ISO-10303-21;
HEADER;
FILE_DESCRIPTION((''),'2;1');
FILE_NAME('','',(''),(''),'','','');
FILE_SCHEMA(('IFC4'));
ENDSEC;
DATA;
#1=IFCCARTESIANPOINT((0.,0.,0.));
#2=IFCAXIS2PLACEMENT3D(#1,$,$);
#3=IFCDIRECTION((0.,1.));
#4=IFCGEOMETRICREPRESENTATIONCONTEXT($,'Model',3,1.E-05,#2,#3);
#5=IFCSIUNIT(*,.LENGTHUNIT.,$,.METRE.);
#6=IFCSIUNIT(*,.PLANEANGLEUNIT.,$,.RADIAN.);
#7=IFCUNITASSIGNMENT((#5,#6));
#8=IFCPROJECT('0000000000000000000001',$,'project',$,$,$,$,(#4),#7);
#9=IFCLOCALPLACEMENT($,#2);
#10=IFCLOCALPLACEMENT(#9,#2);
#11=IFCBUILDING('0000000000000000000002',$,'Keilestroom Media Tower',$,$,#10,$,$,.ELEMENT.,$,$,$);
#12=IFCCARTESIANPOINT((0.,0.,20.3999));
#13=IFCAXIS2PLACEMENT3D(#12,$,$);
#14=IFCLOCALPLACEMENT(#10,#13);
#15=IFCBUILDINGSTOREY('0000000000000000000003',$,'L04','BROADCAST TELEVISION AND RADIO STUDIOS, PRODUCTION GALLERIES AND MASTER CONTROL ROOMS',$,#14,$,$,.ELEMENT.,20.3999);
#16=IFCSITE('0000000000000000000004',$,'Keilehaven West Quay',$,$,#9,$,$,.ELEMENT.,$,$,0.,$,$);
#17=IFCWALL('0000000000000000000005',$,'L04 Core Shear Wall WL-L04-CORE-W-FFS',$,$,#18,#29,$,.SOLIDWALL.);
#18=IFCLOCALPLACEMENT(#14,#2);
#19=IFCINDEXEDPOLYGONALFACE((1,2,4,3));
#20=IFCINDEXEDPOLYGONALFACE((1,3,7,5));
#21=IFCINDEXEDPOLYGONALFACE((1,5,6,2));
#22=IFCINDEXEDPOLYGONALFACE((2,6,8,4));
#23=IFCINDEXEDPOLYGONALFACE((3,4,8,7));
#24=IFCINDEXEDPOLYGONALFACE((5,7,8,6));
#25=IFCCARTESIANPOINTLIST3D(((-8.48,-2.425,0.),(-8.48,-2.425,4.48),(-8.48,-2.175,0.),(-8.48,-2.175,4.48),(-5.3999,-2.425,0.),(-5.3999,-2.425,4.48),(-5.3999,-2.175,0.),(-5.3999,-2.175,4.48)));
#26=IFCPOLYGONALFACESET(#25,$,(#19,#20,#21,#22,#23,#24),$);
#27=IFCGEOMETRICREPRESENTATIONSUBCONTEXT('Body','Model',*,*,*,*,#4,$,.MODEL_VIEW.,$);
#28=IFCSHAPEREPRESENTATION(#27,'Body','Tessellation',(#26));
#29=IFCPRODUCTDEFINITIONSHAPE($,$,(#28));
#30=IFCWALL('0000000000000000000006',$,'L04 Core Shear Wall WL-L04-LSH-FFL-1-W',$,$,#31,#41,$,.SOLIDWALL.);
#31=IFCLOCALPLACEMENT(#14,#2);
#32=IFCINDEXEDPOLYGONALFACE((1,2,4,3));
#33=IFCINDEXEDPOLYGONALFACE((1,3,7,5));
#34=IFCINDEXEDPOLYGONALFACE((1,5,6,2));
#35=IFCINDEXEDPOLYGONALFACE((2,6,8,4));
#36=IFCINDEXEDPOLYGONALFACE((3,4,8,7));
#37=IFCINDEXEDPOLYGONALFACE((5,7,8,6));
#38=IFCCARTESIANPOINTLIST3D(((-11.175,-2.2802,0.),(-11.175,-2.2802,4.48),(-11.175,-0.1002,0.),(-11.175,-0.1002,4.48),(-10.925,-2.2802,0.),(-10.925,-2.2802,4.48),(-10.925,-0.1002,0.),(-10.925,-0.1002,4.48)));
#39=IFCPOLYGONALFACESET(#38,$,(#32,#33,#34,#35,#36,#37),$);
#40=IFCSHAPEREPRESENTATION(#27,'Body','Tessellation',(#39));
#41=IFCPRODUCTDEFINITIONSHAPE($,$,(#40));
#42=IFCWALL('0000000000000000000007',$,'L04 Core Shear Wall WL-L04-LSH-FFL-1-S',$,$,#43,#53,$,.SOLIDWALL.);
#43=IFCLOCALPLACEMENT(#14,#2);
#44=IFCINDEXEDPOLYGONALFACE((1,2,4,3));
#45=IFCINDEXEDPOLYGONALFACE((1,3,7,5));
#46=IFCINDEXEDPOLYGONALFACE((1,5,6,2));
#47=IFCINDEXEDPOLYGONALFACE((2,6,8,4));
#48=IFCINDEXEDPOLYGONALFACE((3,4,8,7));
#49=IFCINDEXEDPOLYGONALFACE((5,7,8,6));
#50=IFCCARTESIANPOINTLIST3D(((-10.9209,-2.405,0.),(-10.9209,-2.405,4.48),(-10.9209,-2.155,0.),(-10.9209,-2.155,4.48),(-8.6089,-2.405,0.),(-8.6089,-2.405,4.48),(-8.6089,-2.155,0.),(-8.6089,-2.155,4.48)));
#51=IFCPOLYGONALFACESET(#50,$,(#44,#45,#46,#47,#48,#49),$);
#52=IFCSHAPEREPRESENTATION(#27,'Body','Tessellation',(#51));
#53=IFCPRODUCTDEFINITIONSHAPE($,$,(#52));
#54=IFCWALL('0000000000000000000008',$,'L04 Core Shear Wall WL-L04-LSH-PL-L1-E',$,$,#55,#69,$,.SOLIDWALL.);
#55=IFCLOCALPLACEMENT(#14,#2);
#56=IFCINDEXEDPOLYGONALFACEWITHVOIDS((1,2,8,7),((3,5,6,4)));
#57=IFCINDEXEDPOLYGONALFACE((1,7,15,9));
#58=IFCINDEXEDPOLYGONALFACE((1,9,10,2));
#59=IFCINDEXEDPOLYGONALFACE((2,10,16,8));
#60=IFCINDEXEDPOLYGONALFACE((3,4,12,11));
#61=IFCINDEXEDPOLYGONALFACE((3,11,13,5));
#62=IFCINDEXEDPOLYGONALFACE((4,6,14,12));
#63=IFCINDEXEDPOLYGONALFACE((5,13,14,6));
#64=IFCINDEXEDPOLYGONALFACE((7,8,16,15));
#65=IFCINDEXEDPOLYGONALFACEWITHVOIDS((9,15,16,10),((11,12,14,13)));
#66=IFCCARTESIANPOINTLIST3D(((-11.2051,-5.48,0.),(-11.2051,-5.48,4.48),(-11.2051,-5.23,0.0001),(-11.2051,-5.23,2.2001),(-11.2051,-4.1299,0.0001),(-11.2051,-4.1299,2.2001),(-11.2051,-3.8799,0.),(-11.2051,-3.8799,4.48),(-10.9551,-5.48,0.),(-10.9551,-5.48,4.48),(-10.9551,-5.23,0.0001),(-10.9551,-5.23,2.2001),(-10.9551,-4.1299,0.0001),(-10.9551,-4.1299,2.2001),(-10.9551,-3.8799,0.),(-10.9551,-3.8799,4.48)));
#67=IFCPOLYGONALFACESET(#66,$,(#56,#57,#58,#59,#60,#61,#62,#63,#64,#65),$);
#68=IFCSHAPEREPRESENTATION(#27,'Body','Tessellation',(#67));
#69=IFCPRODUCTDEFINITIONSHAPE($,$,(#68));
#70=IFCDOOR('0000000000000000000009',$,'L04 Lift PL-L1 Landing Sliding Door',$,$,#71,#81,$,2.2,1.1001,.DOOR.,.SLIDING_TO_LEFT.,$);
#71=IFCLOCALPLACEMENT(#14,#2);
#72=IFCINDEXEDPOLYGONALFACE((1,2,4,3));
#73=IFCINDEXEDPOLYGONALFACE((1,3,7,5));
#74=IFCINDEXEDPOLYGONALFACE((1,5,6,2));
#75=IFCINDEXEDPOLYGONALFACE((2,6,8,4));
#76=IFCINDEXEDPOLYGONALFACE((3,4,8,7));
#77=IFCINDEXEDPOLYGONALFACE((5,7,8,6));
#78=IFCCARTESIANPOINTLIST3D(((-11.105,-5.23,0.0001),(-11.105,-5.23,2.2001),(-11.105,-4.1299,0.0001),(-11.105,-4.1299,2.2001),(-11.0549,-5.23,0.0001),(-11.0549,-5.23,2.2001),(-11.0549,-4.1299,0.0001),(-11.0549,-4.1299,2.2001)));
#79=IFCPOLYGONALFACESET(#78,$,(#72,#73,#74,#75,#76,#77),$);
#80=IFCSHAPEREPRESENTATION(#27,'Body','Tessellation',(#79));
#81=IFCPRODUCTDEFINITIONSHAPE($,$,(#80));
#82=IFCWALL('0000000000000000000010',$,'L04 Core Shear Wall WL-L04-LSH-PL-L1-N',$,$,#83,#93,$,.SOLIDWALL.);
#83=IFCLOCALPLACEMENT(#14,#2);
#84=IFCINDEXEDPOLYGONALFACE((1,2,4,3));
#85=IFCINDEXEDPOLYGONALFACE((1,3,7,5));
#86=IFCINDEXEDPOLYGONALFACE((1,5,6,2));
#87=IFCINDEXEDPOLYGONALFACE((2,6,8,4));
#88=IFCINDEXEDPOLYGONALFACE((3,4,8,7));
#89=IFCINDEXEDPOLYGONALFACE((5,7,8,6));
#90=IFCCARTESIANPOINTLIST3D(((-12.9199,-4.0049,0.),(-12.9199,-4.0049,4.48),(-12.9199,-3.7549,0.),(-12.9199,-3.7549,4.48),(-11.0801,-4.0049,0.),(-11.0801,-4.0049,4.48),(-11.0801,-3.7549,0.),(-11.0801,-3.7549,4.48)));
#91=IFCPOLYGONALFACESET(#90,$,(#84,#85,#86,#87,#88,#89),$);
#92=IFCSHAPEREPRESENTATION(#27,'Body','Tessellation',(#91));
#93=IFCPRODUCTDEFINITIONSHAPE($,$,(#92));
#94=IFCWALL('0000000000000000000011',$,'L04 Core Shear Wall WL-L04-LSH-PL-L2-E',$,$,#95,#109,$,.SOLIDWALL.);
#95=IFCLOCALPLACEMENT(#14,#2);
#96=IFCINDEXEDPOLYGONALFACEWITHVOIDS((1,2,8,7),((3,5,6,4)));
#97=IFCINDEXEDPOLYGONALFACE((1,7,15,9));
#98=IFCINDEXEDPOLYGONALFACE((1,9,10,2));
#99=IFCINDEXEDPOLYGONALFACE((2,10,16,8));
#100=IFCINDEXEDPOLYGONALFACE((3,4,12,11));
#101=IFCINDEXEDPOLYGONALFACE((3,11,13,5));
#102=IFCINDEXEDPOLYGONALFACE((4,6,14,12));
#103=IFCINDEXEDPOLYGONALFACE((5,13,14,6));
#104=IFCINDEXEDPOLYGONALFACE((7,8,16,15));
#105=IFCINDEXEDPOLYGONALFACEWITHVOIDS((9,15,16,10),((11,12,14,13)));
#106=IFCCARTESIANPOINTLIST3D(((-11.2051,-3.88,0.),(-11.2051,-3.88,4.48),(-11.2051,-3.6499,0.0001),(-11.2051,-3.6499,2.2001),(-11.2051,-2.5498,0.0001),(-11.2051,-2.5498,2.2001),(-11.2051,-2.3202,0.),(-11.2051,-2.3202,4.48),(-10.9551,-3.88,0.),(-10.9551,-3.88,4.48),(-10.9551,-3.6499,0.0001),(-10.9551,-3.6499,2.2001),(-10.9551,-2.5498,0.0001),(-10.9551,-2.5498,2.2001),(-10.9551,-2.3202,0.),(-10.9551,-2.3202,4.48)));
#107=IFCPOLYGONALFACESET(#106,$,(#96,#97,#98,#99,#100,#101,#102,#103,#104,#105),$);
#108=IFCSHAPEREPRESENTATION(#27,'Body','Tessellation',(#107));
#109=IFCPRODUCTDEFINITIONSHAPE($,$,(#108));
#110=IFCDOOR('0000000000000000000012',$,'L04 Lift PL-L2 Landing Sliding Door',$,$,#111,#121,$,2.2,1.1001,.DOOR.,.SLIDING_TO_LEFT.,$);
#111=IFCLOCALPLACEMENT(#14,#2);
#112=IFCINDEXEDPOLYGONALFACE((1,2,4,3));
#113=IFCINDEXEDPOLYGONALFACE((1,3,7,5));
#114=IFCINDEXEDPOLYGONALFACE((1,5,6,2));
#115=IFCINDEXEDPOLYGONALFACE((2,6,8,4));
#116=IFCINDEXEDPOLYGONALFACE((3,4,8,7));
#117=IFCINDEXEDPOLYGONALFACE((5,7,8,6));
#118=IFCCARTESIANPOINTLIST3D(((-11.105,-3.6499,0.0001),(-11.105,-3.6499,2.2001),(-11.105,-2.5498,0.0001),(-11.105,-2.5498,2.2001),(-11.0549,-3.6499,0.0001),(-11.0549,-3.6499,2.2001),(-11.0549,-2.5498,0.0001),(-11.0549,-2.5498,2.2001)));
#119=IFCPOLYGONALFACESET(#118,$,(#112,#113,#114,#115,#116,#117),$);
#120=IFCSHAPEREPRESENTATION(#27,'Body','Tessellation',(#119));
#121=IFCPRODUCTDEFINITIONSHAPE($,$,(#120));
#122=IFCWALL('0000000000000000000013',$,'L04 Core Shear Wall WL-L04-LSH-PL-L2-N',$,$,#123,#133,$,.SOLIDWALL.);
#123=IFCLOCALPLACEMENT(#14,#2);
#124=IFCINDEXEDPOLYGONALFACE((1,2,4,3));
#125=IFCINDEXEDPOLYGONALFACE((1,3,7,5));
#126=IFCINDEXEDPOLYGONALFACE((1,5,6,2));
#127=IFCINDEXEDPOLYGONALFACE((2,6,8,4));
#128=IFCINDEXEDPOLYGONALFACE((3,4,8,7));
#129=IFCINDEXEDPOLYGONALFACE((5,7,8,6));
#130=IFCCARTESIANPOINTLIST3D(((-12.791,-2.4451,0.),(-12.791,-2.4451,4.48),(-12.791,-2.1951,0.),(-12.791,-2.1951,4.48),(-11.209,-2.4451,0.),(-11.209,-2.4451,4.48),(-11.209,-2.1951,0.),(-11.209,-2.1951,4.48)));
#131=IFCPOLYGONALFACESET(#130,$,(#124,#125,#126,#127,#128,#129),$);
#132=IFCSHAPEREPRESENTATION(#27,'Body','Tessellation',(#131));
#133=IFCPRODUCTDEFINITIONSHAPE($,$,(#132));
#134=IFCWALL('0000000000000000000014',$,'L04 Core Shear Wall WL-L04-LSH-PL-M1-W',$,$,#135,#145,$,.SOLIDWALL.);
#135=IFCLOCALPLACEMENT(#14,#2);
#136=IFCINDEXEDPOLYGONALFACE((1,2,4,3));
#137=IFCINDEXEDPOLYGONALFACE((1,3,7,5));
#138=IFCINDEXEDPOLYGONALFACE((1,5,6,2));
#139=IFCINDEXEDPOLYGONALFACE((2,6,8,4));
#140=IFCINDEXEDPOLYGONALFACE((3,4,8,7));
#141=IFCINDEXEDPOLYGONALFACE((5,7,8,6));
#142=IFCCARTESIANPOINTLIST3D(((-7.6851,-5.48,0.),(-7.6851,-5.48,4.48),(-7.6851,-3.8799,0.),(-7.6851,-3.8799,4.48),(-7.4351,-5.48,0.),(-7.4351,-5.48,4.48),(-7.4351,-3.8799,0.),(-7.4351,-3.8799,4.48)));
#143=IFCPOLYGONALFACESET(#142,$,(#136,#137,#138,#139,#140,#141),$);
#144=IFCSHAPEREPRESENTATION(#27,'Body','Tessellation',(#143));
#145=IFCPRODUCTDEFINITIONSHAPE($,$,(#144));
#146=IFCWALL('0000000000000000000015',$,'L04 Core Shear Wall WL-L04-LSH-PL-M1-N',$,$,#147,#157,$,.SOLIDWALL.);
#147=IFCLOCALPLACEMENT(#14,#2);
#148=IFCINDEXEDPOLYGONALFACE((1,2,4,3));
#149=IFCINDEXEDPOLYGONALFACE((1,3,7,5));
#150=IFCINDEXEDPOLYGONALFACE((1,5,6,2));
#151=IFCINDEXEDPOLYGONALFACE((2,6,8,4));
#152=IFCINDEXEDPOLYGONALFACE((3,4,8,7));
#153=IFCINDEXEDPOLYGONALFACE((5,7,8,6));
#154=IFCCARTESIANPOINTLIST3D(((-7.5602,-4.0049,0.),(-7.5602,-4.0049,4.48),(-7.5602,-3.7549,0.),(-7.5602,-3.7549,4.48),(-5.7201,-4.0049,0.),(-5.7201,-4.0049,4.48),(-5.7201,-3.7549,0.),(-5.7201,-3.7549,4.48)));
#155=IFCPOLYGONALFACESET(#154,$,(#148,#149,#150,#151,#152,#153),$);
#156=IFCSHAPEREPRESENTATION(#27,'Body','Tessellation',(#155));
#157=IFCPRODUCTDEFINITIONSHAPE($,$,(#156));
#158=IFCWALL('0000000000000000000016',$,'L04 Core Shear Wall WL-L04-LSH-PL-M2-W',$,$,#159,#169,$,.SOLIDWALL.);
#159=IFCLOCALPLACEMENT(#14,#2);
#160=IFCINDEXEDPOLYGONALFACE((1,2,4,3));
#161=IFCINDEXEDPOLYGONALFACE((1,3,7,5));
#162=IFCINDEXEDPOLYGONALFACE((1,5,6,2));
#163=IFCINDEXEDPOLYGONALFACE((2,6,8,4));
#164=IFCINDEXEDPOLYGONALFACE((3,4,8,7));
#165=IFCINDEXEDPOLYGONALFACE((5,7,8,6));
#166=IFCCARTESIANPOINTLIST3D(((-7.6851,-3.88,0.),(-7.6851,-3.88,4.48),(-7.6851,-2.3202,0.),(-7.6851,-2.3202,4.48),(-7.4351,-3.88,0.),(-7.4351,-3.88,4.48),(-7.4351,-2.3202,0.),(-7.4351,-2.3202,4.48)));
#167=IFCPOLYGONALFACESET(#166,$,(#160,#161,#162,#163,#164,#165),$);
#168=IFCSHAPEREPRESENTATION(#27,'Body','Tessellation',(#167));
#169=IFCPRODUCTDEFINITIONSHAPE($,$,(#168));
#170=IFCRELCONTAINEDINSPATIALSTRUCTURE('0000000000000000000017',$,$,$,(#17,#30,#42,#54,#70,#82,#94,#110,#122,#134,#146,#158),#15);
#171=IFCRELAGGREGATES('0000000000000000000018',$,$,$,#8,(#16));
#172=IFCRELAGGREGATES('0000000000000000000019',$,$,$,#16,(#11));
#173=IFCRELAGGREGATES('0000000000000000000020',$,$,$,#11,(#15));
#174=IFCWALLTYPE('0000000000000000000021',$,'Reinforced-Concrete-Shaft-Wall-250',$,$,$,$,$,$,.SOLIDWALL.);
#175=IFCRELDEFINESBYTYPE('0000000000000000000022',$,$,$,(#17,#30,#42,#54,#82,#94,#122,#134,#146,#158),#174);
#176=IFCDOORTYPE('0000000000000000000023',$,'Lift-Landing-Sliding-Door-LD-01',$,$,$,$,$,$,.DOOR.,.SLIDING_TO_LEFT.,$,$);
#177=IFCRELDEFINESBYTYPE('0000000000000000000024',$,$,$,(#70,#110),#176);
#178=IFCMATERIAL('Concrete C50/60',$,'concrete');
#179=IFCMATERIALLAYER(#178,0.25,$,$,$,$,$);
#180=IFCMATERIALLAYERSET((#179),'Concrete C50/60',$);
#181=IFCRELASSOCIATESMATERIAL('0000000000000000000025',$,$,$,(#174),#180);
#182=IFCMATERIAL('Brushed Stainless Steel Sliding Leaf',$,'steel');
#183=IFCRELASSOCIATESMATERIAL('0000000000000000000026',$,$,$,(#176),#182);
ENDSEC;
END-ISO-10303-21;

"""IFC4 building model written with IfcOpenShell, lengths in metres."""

from ifc_helpers import new_model, si_unit, direction, frame, frame_2d, origin, place, context, subcontext, project, spatial, rectangle, extrude, source, transform, mapped, material, layer, layer_set, type_object, element, fill, save


model = new_model("IFC4")

# Units and contexts
model_context = context("Model", 3, precision=1e-05, world=origin(), true_north=direction((0.0, 1.0)))
body_context = subcontext(model_context, "Body", "Model", "MODEL_VIEW")
ifc_project = project(units=[si_unit("LENGTHUNIT", "METRE"), si_unit("PLANEANGLEUNIT", "RADIAN")], contexts=[model_context])

# Site, building, storey
site_placement = place(None, origin())
site = spatial("IfcSite", under=ifc_project, at=site_placement, Name="Keilehaven West Quay", CompositionType="ELEMENT", RefElevation=0.0)
building_placement = place(site_placement, origin())
building = spatial("IfcBuilding", under=site, at=building_placement, Name="Keilestroom Media Tower", CompositionType="ELEMENT")
storey_placement = place(building_placement, frame((0.0, 0.0, 20.3999)))
storey = spatial("IfcBuildingStorey", under=building, at=storey_placement, Name="L04", Description="BROADCAST TELEVISION AND RADIO STUDIOS, PRODUCTION GALLERIES AND MASTER CONTROL ROOMS", CompositionType="ELEMENT", Elevation=20.3999)

# Walls
ifc_material_1 = material(Name="Concrete C50/60", Category="concrete")
ifc_layer_1 = layer(ifc_material_1, 0.25)
ifc_layer_set_1 = layer_set([ifc_layer_1], Name="Concrete C50/60")
wall_type_1 = type_object("IfcWallType", Name="Reinforced-Concrete-Shaft-Wall-250", PredefinedType="SOLIDWALL", material=ifc_layer_set_1)
wall_1_placement = place(storey_placement, frame((-8.48, -2.3, 0.0), z_axis=(0.0, 0.0, 1.0), x_axis=(1.0, 0.0, 0.0)))
element("IfcWall", 1, at=wall_1_placement, inside=storey, type_object=wall_type_1, Name="L04 Core Shear Wall WL-L04-CORE-W-FFS", PredefinedType="SOLIDWALL", context=body_context, shape_type="SweptSolid", body=[
    extrude(rectangle(XDim=3.0801, YDim=0.25, at=frame_2d((1.54, 0.0))), origin(), (0.0, 0.0, 1.0), 4.48),
])
wall_2_placement = place(storey_placement, frame((-11.05, -2.28, 0.0), z_axis=(0.0, 0.0, 1.0), x_axis=(0.0, 1.0, 0.0)))
element("IfcWall", 2, at=wall_2_placement, inside=storey, type_object=wall_type_1, Name="L04 Core Shear Wall WL-L04-LSH-FFL-1-W", PredefinedType="SOLIDWALL", context=body_context, shape_type="SweptSolid", body=[
    extrude(rectangle(XDim=2.1799, YDim=0.25, at=frame_2d((1.0898, 0.0))), origin(), (0.0, 0.0, 1.0), 4.48),
])
wall_3_placement = place(storey_placement, frame((-10.9209, -2.28, 0.0), z_axis=(0.0, 0.0, 1.0), x_axis=(1.0, 0.0, 0.0)))
element("IfcWall", 3, at=wall_3_placement, inside=storey, type_object=wall_type_1, Name="L04 Core Shear Wall WL-L04-LSH-FFL-1-S", PredefinedType="SOLIDWALL", context=body_context, shape_type="SweptSolid", body=[
    extrude(rectangle(XDim=2.312, YDim=0.25, at=frame_2d((1.156, 0.0))), origin(), (0.0, 0.0, 1.0), 4.48),
])

# Wall, opening, door
wall_4_placement = place(storey_placement, frame((-11.0801, -5.48, 0.0), z_axis=(0.0, 0.0, 1.0), x_axis=(0.0, 1.0, 0.0)))
wall_4 = element("IfcWall", 4, at=wall_4_placement, inside=storey, type_object=wall_type_1, Name="L04 Core Shear Wall WL-L04-LSH-PL-L1-E", PredefinedType="SOLIDWALL", context=body_context, shape_type="SweptSolid", body=[
    extrude(rectangle(XDim=1.6001, YDim=0.25, at=frame_2d((0.8, 0.0))), origin(), (0.0, 0.0, 1.0), 4.48),
])
opening_1_placement = place(wall_4_placement, frame((0.25, 0.0, 0.0)))
opening_1 = element("IfcOpeningElement", 5, at=opening_1_placement, cuts=wall_4, PredefinedType="OPENING", context=body_context, shape_type="SweptSolid", body=[
    extrude(rectangle(XDim=1.1001, YDim=2.2, at=frame_2d((0.55, 1.1001))), frame((0.0, 0.135, 0.0), z_axis=(0.0, -1.0, 0.0), x_axis=(1.0, 0.0, 0.0)), (0.0, 0.0, 1.0), 0.27),
])
ifc_material_2 = material(Name="Brushed Stainless Steel Sliding Leaf", Category="steel")
door_type_1 = type_object("IfcDoorType", Name="Lift-Landing-Sliding-Door-LD-01", OperationType="SLIDING_TO_LEFT", PredefinedType="DOOR", material=ifc_material_2)
shared_shape_1 = source(origin(), body_context, "Body", "SweptSolid", [
    extrude(rectangle(XDim=1.1001, YDim=2.2, at=frame_2d((0.55, 1.1001))), frame((0.0, 0.0249, 0.0), z_axis=(0.0, -1.0, 0.0), x_axis=(1.0, 0.0, 0.0)), (0.0, 0.0, 1.0), 0.05),
])
door_1_placement = place(opening_1_placement, origin())
door_1 = element("IfcDoor", 6, at=door_1_placement, inside=storey, type_object=door_type_1, Name="L04 Lift PL-L1 Landing Sliding Door", OperationType="SLIDING_TO_LEFT", OverallHeight=2.2, OverallWidth=1.1001, PredefinedType="DOOR", context=body_context, shape_type="MappedRepresentation", body=[
    mapped(shared_shape_1, transform((0.0, 0.0, 0.0), x_axis=(1.0, 0.0, 0.0), y_axis=(0.0, 1.0, 0.0), z_axis=(0.0, 0.0, 1.0), scale=1.0)),
])
fill(opening_1, door_1)

# Wall
wall_5_placement = place(storey_placement, frame((-12.9199, -3.8799, 0.0), z_axis=(0.0, 0.0, 1.0), x_axis=(1.0, 0.0, 0.0)))
element("IfcWall", 7, at=wall_5_placement, inside=storey, type_object=wall_type_1, Name="L04 Core Shear Wall WL-L04-LSH-PL-L1-N", PredefinedType="SOLIDWALL", context=body_context, shape_type="SweptSolid", body=[
    extrude(rectangle(XDim=1.8398, YDim=0.25, at=frame_2d((0.9199, 0.0))), origin(), (0.0, 0.0, 1.0), 4.48),
])

# Wall, opening, door
wall_6_placement = place(storey_placement, frame((-11.0801, -3.8799, 0.0), z_axis=(0.0, 0.0, 1.0), x_axis=(0.0, 1.0, 0.0)))
wall_6 = element("IfcWall", 8, at=wall_6_placement, inside=storey, type_object=wall_type_1, Name="L04 Core Shear Wall WL-L04-LSH-PL-L2-E", PredefinedType="SOLIDWALL", context=body_context, shape_type="SweptSolid", body=[
    extrude(rectangle(XDim=1.5598, YDim=0.25, at=frame_2d((0.7798, 0.0))), origin(), (0.0, 0.0, 1.0), 4.48),
])
opening_2_placement = place(wall_6_placement, frame((0.23, 0.0, 0.0)))
opening_2 = element("IfcOpeningElement", 9, at=opening_2_placement, cuts=wall_6, PredefinedType="OPENING", context=body_context, shape_type="SweptSolid", body=[
    extrude(rectangle(XDim=1.1001, YDim=2.2, at=frame_2d((0.55, 1.1001))), frame((0.0, 0.135, 0.0), z_axis=(0.0, -1.0, 0.0), x_axis=(1.0, 0.0, 0.0)), (0.0, 0.0, 1.0), 0.27),
])
door_2_placement = place(opening_2_placement, origin())
door_2 = element("IfcDoor", 10, at=door_2_placement, inside=storey, type_object=door_type_1, Name="L04 Lift PL-L2 Landing Sliding Door", OperationType="SLIDING_TO_LEFT", OverallHeight=2.2, OverallWidth=1.1001, PredefinedType="DOOR", context=body_context, shape_type="MappedRepresentation", body=[
    mapped(shared_shape_1, transform((0.0, 0.0, 0.0), x_axis=(1.0, 0.0, 0.0), y_axis=(0.0, 1.0, 0.0), z_axis=(0.0, 0.0, 1.0), scale=1.0)),
])
fill(opening_2, door_2)

# Walls
wall_7_placement = place(storey_placement, frame((-12.791, -2.3201, 0.0), z_axis=(0.0, 0.0, 1.0), x_axis=(1.0, 0.0, 0.0)))
element("IfcWall", 11, at=wall_7_placement, inside=storey, type_object=wall_type_1, Name="L04 Core Shear Wall WL-L04-LSH-PL-L2-N", PredefinedType="SOLIDWALL", context=body_context, shape_type="SweptSolid", body=[
    extrude(rectangle(XDim=1.582, YDim=0.25, at=frame_2d((0.791, 0.0))), origin(), (0.0, 0.0, 1.0), 4.48),
])
wall_8_placement = place(storey_placement, frame((-7.5601, -5.48, 0.0), z_axis=(0.0, 0.0, 1.0), x_axis=(0.0, 1.0, 0.0)))
element("IfcWall", 12, at=wall_8_placement, inside=storey, type_object=wall_type_1, Name="L04 Core Shear Wall WL-L04-LSH-PL-M1-W", PredefinedType="SOLIDWALL", context=body_context, shape_type="SweptSolid", body=[
    extrude(rectangle(XDim=1.6001, YDim=0.25, at=frame_2d((0.8, 0.0))), origin(), (0.0, 0.0, 1.0), 4.48),
])
wall_9_placement = place(storey_placement, frame((-7.5601, -3.8799, 0.0), z_axis=(0.0, 0.0, 1.0), x_axis=(1.0, 0.0, 0.0)))
element("IfcWall", 13, at=wall_9_placement, inside=storey, type_object=wall_type_1, Name="L04 Core Shear Wall WL-L04-LSH-PL-M1-N", PredefinedType="SOLIDWALL", context=body_context, shape_type="SweptSolid", body=[
    extrude(rectangle(XDim=1.8401, YDim=0.25, at=frame_2d((0.9199, 0.0))), origin(), (0.0, 0.0, 1.0), 4.48),
])
wall_10_placement = place(storey_placement, frame((-7.5601, -3.8799, 0.0), z_axis=(0.0, 0.0, 1.0), x_axis=(0.0, 1.0, 0.0)))
element("IfcWall", 14, at=wall_10_placement, inside=storey, type_object=wall_type_1, Name="L04 Core Shear Wall WL-L04-LSH-PL-M2-W", PredefinedType="SOLIDWALL", context=body_context, shape_type="SweptSolid", body=[
    extrude(rectangle(XDim=1.5598, YDim=0.25, at=frame_2d((0.7798, 0.0))), origin(), (0.0, 0.0, 1.0), 4.48),
])

save(model, "model.ifc")
